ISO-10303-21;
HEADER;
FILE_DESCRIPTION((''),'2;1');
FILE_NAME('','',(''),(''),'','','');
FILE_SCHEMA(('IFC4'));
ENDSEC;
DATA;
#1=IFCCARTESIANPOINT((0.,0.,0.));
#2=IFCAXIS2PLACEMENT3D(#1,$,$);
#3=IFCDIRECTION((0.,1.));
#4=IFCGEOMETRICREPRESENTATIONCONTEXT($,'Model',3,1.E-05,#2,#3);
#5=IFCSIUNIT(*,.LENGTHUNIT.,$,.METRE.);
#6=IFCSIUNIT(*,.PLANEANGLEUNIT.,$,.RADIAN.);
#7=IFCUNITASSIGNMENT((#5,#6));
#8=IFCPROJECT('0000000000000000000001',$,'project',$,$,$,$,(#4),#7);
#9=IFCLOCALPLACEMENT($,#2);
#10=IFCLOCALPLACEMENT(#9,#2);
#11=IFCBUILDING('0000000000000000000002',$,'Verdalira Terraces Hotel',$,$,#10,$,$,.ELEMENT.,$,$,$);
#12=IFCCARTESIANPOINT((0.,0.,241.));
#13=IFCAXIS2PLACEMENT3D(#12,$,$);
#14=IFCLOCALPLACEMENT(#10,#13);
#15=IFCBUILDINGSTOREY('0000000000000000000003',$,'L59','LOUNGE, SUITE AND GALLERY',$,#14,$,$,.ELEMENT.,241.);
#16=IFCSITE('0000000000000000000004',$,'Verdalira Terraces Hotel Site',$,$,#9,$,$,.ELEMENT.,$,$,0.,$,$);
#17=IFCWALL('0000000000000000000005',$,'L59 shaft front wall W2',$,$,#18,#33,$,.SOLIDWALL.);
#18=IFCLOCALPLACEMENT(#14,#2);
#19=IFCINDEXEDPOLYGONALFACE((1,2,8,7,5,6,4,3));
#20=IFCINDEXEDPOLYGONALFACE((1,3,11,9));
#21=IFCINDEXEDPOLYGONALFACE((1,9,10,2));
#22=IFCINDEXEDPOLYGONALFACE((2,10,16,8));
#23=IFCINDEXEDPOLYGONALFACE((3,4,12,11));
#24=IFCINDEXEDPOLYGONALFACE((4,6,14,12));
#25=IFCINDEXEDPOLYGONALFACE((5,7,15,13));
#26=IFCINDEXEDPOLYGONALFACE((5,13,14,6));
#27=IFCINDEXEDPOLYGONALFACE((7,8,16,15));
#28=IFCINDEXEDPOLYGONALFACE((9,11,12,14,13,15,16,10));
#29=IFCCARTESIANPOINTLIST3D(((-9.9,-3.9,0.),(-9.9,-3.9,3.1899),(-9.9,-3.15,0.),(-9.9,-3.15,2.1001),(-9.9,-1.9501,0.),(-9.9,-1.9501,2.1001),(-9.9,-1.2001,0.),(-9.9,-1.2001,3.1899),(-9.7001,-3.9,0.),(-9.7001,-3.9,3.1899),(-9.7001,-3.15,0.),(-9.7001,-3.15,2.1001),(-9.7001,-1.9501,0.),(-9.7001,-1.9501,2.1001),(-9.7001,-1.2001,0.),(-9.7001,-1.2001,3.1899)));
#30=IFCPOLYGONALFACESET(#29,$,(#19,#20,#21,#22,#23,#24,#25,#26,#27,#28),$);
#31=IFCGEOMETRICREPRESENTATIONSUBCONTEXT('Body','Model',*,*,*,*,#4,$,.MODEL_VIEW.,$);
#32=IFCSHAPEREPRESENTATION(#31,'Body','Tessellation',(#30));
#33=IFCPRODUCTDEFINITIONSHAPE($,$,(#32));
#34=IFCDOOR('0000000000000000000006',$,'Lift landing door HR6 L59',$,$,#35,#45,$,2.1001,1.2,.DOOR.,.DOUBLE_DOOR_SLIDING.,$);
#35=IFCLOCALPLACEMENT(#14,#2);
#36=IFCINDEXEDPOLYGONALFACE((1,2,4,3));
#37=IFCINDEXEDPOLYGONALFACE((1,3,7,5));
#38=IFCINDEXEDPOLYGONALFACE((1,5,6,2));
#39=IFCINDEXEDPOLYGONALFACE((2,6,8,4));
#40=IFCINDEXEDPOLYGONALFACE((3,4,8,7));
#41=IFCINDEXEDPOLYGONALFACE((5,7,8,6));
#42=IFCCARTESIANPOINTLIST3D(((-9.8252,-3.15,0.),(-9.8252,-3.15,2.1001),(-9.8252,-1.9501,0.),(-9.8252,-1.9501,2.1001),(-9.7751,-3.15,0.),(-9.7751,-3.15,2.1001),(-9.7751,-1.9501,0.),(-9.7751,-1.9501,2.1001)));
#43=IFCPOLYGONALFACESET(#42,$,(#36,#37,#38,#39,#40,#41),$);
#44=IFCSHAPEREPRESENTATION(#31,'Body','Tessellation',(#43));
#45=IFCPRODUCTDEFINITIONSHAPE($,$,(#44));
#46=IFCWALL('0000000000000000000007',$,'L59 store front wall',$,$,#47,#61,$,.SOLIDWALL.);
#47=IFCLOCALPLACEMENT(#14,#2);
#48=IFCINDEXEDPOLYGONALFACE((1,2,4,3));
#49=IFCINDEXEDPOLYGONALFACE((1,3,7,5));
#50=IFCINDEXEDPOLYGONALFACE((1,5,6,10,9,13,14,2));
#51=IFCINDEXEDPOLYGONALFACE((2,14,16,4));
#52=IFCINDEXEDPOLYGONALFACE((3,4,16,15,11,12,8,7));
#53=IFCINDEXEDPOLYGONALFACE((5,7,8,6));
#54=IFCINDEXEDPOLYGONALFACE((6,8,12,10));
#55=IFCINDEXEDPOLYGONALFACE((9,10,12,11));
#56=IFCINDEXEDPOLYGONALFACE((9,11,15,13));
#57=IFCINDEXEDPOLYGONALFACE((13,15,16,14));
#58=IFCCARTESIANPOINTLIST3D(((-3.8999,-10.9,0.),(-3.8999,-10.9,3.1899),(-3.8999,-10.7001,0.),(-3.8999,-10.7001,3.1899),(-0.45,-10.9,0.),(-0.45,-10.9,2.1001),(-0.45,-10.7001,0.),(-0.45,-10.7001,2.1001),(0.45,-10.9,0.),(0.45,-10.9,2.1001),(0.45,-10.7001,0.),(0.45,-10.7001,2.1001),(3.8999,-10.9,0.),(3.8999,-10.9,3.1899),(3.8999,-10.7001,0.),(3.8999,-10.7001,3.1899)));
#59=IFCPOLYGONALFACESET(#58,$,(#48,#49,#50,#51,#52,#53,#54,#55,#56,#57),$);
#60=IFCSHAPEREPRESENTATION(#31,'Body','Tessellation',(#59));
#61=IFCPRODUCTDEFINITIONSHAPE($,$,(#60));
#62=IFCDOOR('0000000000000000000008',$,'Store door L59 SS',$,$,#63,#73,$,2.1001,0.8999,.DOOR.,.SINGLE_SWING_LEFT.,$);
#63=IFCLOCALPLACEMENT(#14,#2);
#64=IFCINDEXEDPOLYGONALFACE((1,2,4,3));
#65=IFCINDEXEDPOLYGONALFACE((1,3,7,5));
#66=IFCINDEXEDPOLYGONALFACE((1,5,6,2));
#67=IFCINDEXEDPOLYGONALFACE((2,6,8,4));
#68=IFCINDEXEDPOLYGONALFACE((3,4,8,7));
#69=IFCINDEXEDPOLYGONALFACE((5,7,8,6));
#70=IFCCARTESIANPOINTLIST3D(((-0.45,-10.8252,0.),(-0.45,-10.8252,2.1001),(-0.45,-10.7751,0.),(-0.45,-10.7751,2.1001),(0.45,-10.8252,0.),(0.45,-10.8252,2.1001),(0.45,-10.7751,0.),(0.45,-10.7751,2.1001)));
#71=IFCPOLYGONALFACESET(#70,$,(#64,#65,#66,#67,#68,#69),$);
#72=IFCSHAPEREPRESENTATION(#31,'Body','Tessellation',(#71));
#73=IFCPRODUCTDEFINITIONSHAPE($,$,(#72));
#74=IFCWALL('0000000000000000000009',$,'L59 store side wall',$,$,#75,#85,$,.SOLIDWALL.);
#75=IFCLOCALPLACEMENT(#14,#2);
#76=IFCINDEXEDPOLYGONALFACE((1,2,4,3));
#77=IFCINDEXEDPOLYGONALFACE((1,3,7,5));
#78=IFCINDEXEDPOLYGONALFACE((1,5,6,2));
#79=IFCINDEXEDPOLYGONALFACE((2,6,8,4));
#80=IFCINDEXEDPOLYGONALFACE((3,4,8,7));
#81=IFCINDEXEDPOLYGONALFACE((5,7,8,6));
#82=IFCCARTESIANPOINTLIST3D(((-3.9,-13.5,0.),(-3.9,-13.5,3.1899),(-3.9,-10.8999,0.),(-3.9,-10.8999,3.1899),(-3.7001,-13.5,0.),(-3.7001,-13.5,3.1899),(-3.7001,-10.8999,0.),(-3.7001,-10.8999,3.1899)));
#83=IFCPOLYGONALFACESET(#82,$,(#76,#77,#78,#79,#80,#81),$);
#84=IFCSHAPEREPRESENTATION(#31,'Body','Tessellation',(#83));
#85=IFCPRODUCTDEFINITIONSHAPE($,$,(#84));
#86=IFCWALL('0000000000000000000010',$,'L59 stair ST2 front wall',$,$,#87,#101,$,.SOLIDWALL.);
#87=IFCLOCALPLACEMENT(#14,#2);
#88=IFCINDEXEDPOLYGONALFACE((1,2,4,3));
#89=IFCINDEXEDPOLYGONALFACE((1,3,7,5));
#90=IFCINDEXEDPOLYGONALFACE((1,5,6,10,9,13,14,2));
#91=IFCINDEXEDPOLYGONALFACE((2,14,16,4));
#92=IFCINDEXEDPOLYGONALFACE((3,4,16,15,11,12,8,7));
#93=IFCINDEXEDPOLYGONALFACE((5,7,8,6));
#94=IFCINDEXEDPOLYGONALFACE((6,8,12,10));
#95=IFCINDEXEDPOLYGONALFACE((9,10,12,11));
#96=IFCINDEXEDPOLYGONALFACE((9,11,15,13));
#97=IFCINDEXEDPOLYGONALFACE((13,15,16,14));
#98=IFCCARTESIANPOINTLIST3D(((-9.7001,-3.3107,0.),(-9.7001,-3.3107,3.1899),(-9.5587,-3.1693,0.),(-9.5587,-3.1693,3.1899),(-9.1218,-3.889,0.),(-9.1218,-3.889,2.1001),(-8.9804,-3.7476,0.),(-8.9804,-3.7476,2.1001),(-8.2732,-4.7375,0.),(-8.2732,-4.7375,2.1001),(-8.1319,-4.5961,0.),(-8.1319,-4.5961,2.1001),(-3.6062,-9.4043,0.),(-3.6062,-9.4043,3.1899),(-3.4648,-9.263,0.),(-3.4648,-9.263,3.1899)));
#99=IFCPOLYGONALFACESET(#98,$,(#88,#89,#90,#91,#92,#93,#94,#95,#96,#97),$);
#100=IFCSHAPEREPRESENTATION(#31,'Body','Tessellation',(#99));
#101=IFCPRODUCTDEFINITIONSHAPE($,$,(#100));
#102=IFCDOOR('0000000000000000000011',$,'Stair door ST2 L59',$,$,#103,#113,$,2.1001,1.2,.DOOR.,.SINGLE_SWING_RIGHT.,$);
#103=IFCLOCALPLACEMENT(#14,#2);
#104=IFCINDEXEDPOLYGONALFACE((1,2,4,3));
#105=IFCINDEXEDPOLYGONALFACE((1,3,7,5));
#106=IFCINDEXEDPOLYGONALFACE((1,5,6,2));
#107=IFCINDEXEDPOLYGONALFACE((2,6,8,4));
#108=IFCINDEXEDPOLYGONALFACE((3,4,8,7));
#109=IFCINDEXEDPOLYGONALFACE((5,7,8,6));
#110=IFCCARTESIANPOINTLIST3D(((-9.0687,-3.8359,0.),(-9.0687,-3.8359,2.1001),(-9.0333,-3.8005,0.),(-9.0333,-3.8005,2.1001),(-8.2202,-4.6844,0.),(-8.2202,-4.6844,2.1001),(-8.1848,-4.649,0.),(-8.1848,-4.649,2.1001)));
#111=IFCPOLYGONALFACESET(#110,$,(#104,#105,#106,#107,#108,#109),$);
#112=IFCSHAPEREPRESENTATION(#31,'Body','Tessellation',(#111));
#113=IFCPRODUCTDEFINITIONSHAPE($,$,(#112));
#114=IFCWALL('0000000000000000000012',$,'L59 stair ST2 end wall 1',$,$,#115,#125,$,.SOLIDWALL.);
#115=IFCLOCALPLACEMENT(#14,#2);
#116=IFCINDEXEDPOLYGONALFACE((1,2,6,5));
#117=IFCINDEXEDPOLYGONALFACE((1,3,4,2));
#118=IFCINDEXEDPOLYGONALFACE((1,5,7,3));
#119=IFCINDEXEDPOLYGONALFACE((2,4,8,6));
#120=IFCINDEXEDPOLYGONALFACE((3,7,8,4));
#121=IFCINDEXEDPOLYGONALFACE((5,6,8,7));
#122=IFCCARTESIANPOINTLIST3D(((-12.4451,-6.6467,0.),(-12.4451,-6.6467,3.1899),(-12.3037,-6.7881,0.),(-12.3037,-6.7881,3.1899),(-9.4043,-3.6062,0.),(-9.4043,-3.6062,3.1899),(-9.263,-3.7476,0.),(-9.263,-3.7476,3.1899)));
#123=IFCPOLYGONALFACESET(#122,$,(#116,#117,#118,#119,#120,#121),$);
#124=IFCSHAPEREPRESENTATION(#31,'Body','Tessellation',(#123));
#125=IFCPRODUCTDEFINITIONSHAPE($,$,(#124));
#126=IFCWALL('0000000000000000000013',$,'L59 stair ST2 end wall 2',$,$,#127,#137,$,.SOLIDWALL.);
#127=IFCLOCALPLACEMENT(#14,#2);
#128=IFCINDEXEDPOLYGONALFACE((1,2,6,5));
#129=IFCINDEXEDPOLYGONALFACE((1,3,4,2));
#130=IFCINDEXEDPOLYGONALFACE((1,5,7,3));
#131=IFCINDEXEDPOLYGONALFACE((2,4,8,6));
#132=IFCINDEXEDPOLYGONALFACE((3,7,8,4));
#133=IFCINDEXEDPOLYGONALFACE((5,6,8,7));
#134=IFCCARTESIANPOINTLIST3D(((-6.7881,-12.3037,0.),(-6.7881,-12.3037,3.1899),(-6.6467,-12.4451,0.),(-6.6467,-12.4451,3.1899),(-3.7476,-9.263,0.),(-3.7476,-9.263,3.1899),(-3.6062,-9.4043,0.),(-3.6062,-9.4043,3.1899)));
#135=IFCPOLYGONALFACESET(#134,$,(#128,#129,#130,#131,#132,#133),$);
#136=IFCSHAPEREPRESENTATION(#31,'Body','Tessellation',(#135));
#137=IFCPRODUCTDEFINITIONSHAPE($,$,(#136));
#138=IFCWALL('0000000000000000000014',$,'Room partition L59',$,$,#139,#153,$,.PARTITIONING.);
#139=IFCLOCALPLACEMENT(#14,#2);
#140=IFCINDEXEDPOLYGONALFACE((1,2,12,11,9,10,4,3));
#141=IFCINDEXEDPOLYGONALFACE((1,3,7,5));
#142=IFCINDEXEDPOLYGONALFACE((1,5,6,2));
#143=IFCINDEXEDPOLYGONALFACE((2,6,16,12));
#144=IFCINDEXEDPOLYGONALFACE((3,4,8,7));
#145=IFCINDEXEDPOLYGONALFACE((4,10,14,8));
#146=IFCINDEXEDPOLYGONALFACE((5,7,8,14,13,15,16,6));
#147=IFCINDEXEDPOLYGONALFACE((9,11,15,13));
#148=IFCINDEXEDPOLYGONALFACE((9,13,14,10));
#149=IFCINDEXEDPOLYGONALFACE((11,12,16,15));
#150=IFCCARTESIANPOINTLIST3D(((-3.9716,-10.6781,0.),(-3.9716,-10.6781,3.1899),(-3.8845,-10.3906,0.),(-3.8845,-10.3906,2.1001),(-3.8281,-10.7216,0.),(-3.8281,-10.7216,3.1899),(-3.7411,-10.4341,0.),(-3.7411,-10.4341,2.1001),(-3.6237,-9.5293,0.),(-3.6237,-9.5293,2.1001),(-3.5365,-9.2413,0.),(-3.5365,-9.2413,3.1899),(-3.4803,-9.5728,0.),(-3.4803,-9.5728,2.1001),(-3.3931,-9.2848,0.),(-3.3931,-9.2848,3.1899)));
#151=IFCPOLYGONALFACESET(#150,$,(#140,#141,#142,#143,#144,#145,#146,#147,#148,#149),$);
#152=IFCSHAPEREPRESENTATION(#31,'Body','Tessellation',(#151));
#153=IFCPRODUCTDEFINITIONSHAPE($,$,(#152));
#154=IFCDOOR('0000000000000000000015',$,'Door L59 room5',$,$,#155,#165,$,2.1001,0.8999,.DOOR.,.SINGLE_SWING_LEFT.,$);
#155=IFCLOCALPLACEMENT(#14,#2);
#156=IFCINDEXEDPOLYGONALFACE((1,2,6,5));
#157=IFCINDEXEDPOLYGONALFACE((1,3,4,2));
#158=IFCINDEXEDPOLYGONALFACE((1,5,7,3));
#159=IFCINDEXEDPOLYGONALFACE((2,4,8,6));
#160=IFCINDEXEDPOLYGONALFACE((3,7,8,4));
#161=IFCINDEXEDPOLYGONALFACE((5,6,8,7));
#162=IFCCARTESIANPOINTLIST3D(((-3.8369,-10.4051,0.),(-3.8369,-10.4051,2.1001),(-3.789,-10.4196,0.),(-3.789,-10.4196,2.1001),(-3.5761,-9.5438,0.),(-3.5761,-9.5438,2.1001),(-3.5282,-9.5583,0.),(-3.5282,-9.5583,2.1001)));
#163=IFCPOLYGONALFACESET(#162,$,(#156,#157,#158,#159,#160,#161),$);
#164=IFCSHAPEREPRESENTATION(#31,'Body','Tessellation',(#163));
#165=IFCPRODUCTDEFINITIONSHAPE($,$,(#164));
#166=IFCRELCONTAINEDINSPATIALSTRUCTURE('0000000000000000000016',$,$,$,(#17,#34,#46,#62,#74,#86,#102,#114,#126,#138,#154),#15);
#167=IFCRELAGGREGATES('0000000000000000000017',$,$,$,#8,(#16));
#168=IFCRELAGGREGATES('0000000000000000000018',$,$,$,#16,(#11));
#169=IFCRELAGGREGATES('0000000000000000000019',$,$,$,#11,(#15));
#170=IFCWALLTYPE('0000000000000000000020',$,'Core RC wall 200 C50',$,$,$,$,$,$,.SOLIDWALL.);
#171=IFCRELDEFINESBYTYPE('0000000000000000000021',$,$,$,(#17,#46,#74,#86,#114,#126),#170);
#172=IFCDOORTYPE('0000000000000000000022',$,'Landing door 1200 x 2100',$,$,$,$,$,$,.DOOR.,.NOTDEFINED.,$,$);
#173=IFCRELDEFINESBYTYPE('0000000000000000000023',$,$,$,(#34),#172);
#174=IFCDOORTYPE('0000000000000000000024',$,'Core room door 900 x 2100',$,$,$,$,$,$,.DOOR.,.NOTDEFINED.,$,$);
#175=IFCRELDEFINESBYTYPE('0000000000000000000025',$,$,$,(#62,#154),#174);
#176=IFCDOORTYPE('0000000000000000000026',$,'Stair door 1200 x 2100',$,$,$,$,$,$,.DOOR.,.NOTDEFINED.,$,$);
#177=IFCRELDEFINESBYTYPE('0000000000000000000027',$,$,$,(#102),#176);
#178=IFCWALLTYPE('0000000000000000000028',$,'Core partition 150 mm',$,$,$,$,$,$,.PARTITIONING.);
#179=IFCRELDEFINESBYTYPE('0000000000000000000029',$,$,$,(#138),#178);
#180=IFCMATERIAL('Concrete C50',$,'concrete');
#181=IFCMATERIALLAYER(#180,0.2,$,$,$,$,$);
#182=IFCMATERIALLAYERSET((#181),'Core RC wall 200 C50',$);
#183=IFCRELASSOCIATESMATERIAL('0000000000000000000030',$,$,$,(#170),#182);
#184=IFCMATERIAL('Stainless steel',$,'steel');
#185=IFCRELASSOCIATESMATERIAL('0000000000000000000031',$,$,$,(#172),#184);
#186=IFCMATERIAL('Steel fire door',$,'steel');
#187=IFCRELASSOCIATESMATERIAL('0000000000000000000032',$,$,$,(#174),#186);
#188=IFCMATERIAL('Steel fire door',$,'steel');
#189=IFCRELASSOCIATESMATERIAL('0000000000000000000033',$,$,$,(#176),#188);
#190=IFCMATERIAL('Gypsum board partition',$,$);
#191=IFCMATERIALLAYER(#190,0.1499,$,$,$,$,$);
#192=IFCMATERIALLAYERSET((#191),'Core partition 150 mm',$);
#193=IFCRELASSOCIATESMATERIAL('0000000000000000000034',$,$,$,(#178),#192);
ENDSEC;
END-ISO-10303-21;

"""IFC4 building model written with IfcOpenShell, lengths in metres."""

from ifc_helpers import new_model, si_unit, direction, frame, frame_2d, origin, place, context, subcontext, project, spatial, rectangle, extrude, material, layer, layer_set, type_object, element, fill, save


model = new_model("IFC4")

# Units and contexts
model_context = context("Model", 3, precision=1e-05, world=origin(), true_north=direction((0.0, 1.0)))
body_context = subcontext(model_context, "Body", "Model", "MODEL_VIEW")
ifc_project = project(units=[si_unit("LENGTHUNIT", "METRE"), si_unit("PLANEANGLEUNIT", "RADIAN")], contexts=[model_context])

# Site, building, storey
site_placement = place(None, origin())
site = spatial("IfcSite", under=ifc_project, at=site_placement, Name="Verdalira Terraces Hotel Site", CompositionType="ELEMENT", RefElevation=0.0)
building_placement = place(site_placement, origin())
building = spatial("IfcBuilding", under=site, at=building_placement, Name="Verdalira Terraces Hotel", CompositionType="ELEMENT")
storey_placement = place(building_placement, frame((0.0, 0.0, 241.0)))
storey = spatial("IfcBuildingStorey", under=building, at=storey_placement, Name="L59", Description="LOUNGE, SUITE AND GALLERY", CompositionType="ELEMENT", Elevation=241.0)

# Walls, openings, doors
ifc_material_1 = material(Name="Concrete C50", Category="concrete")
ifc_layer_1 = layer(ifc_material_1, 0.2)
ifc_layer_set_1 = layer_set([ifc_layer_1], Name="Core RC wall 200 C50")
wall_type_1 = type_object("IfcWallType", Name="Core RC wall 200 C50", PredefinedType="SOLIDWALL", material=ifc_layer_set_1)
wall_1_placement = place(storey_placement, frame((-9.8, -1.2, 0.0), z_axis=(0.0, 0.0, 1.0), x_axis=(0.0, -1.0, 0.0)))
wall_1 = element("IfcWall", 1, at=wall_1_placement, inside=storey, type_object=wall_type_1, Name="L59 shaft front wall W2", PredefinedType="SOLIDWALL", context=body_context, shape_type="SweptSolid", body=[
    extrude(rectangle(XDim=2.7, YDim=0.2, at=frame_2d((1.3501, 0.0))), origin(), (0.0, 0.0, 1.0), 3.1899),
])
opening_1_placement = place(wall_1_placement, frame((0.75, 0.0, 0.0)))
opening_1 = element("IfcOpeningElement", 2, at=opening_1_placement, cuts=wall_1, PredefinedType="OPENING", context=body_context, shape_type="SweptSolid", body=[
    extrude(rectangle(XDim=1.2, YDim=2.1001, at=frame_2d((0.6001, 1.05))), frame((0.0, 0.1099, 0.0), z_axis=(0.0, -1.0, 0.0), x_axis=(1.0, 0.0, 0.0)), (0.0, 0.0, 1.0), 0.22),
])
ifc_material_2 = material(Name="Stainless steel", Category="steel")
door_type_1 = type_object("IfcDoorType", Name="Landing door 1200 x 2100", OperationType="NOTDEFINED", PredefinedType="DOOR", material=ifc_material_2)
door_1_placement = place(opening_1_placement, origin())
door_1 = element("IfcDoor", 3, at=door_1_placement, inside=storey, type_object=door_type_1, Name="Lift landing door HR6 L59", OperationType="DOUBLE_DOOR_SLIDING", OverallHeight=2.1001, OverallWidth=1.2, PredefinedType="DOOR", context=body_context, shape_type="SweptSolid", body=[
    extrude(rectangle(XDim=1.2, YDim=2.1001, at=frame_2d((0.6001, 1.05))), frame((0.0, 0.0249, 0.0), z_axis=(0.0, -1.0, 0.0), x_axis=(1.0, 0.0, 0.0)), (0.0, 0.0, 1.0), 0.05),
])
fill(opening_1, door_1)
wall_2_placement = place(storey_placement, frame((-3.8999, -10.8, 0.0), z_axis=(0.0, 0.0, 1.0), x_axis=(1.0, 0.0, 0.0)))
wall_2 = element("IfcWall", 4, at=wall_2_placement, inside=storey, type_object=wall_type_1, Name="L59 store front wall", PredefinedType="SOLIDWALL", context=body_context, shape_type="SweptSolid", body=[
    extrude(rectangle(XDim=7.7998, YDim=0.2, at=frame_2d((3.8999, 0.0))), origin(), (0.0, 0.0, 1.0), 3.1899),
])
opening_2_placement = place(wall_2_placement, frame((3.45, 0.0, 0.0)))
opening_2 = element("IfcOpeningElement", 5, at=opening_2_placement, cuts=wall_2, PredefinedType="OPENING", context=body_context, shape_type="SweptSolid", body=[
    extrude(rectangle(XDim=0.8999, YDim=2.1001, at=frame_2d((0.45, 1.05))), frame((0.0, 0.1099, 0.0), z_axis=(0.0, -1.0, 0.0), x_axis=(1.0, 0.0, 0.0)), (0.0, 0.0, 1.0), 0.22),
])
ifc_material_3 = material(Name="Steel fire door", Category="steel")
door_type_2 = type_object("IfcDoorType", Name="Core room door 900 x 2100", OperationType="NOTDEFINED", PredefinedType="DOOR", material=ifc_material_3)
door_2_placement = place(opening_2_placement, origin())
door_2 = element("IfcDoor", 6, at=door_2_placement, inside=storey, type_object=door_type_2, Name="Store door L59 SS", OperationType="SINGLE_SWING_LEFT", OverallHeight=2.1001, OverallWidth=0.8999, PredefinedType="DOOR", context=body_context, shape_type="SweptSolid", body=[
    extrude(rectangle(XDim=0.8999, YDim=2.1001, at=frame_2d((0.45, 1.05))), frame((0.0, 0.0249, 0.0), z_axis=(0.0, -1.0, 0.0), x_axis=(1.0, 0.0, 0.0)), (0.0, 0.0, 1.0), 0.05),
])
fill(opening_2, door_2)

# Wall
wall_3_placement = place(storey_placement, frame((-3.8, -10.8999, 0.0), z_axis=(0.0, 0.0, 1.0), x_axis=(0.0, -1.0, 0.0)))
element("IfcWall", 7, at=wall_3_placement, inside=storey, type_object=wall_type_1, Name="L59 store side wall", PredefinedType="SOLIDWALL", context=body_context, shape_type="SweptSolid", body=[
    extrude(rectangle(XDim=2.6001, YDim=0.2, at=frame_2d((1.3, 0.0))), origin(), (0.0, 0.0, 1.0), 3.1899),
])

# Wall, opening, door
wall_4_placement = place(storey_placement, frame((-3.5354, -9.3337, 0.0), z_axis=(0.0, 0.0, 1.0), x_axis=(-0.707121, 0.707093, 0.0)))
wall_4 = element("IfcWall", 8, at=wall_4_placement, inside=storey, type_object=wall_type_1, Name="L59 stair ST2 front wall", PredefinedType="SOLIDWALL", context=body_context, shape_type="SweptSolid", body=[
    extrude(rectangle(XDim=8.6179, YDim=0.2, at=frame_2d((4.3091, 0.0))), origin(), (0.0, 0.0, 1.0), 3.1899),
])
opening_3_placement = place(wall_4_placement, frame((6.6001, 0.0, 0.0)))
opening_3 = element("IfcOpeningElement", 9, at=opening_3_placement, cuts=wall_4, PredefinedType="OPENING", context=body_context, shape_type="SweptSolid", body=[
    extrude(rectangle(XDim=1.2, YDim=2.1001, at=frame_2d((0.6001, 1.05))), frame((0.0, 0.1099, 0.0), z_axis=(0.0, -1.0, 0.0), x_axis=(1.0, 0.0, 0.0)), (0.0, 0.0, 1.0), 0.22),
])
ifc_material_4 = material(Name="Steel fire door", Category="steel")
door_type_3 = type_object("IfcDoorType", Name="Stair door 1200 x 2100", OperationType="NOTDEFINED", PredefinedType="DOOR", material=ifc_material_4)
door_3_placement = place(opening_3_placement, origin())
door_3 = element("IfcDoor", 10, at=door_3_placement, inside=storey, type_object=door_type_3, Name="Stair door ST2 L59", OperationType="SINGLE_SWING_RIGHT", OverallHeight=2.1001, OverallWidth=1.2, PredefinedType="DOOR", context=body_context, shape_type="SweptSolid", body=[
    extrude(rectangle(XDim=1.2, YDim=2.1001, at=frame_2d((0.6001, 1.05))), frame((0.0, 0.0249, 0.0), z_axis=(0.0, -1.0, 0.0), x_axis=(1.0, 0.0, 0.0)), (0.0, 0.0, 1.0), 0.05),
])
fill(opening_3, door_3)

# Walls
for number, where, z_axis, x_axis, name in (
    (11, (-9.3337, -3.677, 0.0), (0.0, 0.0, 1.0), (-0.707135, -0.707078, 0.0), "L59 stair ST2 end wall 1"),
    (12, (-3.677, -9.3337, 0.0), (0.0, 0.0, 1.0), (-0.707078, -0.707135, 0.0), "L59 stair ST2 end wall 2"),
):
    element("IfcWall", number, at=place(storey_placement, frame(where, z_axis=z_axis, x_axis=x_axis)), inside=storey, type_object=wall_type_1, Name=name, PredefinedType="SOLIDWALL", context=body_context, shape_type="SweptSolid", body=[
        extrude(rectangle(XDim=4.3, YDim=0.2, at=frame_2d((2.1499, 0.0))), origin(), (0.0, 0.0, 1.0), 3.1899),
    ])

# Wall, opening, door
ifc_material_5 = material(Name="Gypsum board partition")
ifc_layer_2 = layer(ifc_material_5, 0.1499)
ifc_layer_set_2 = layer_set([ifc_layer_2], Name="Core partition 150 mm")
wall_type_2 = type_object("IfcWallType", Name="Core partition 150 mm", PredefinedType="PARTITIONING", material=ifc_layer_set_2)
wall_5_placement = place(storey_placement, frame((-3.4648, -9.2632, 0.0), z_axis=(0.0, 0.0, 1.0), x_axis=(-0.289809, -0.957085, 0.0)))
wall_5 = element("IfcWall", 13, at=wall_5_placement, inside=storey, type_object=wall_type_2, Name="Room partition L59", PredefinedType="PARTITIONING", context=body_context, shape_type="SweptSolid", body=[
    extrude(rectangle(XDim=1.5012, YDim=0.1499, at=frame_2d((0.7505, 0.0))), origin(), (0.0, 0.0, 1.0), 3.1899),
])
opening_4_placement = place(wall_5_placement, frame((0.3008, 0.0, 0.0)))
opening_4 = element("IfcOpeningElement", 14, at=opening_4_placement, cuts=wall_5, PredefinedType="OPENING", context=body_context, shape_type="SweptSolid", body=[
    extrude(rectangle(XDim=0.8999, YDim=2.1001, at=frame_2d((0.45, 1.05))), frame((0.0, 0.085, 0.0), z_axis=(0.0, -1.0, 0.0), x_axis=(1.0, 0.0, 0.0)), (0.0, 0.0, 1.0), 0.1699),
])
door_4_placement = place(opening_4_placement, origin())
door_4 = element("IfcDoor", 15, at=door_4_placement, inside=storey, type_object=door_type_2, Name="Door L59 room5", OperationType="SINGLE_SWING_LEFT", OverallHeight=2.1001, OverallWidth=0.8999, PredefinedType="DOOR", context=body_context, shape_type="SweptSolid", body=[
    extrude(rectangle(XDim=0.8999, YDim=2.1001, at=frame_2d((0.45, 1.05))), frame((0.0, 0.0249, 0.0), z_axis=(0.0, -1.0, 0.0), x_axis=(1.0, 0.0, 0.0)), (0.0, 0.0, 1.0), 0.05),
])
fill(opening_4, door_4)

save(model, "model.ifc")
